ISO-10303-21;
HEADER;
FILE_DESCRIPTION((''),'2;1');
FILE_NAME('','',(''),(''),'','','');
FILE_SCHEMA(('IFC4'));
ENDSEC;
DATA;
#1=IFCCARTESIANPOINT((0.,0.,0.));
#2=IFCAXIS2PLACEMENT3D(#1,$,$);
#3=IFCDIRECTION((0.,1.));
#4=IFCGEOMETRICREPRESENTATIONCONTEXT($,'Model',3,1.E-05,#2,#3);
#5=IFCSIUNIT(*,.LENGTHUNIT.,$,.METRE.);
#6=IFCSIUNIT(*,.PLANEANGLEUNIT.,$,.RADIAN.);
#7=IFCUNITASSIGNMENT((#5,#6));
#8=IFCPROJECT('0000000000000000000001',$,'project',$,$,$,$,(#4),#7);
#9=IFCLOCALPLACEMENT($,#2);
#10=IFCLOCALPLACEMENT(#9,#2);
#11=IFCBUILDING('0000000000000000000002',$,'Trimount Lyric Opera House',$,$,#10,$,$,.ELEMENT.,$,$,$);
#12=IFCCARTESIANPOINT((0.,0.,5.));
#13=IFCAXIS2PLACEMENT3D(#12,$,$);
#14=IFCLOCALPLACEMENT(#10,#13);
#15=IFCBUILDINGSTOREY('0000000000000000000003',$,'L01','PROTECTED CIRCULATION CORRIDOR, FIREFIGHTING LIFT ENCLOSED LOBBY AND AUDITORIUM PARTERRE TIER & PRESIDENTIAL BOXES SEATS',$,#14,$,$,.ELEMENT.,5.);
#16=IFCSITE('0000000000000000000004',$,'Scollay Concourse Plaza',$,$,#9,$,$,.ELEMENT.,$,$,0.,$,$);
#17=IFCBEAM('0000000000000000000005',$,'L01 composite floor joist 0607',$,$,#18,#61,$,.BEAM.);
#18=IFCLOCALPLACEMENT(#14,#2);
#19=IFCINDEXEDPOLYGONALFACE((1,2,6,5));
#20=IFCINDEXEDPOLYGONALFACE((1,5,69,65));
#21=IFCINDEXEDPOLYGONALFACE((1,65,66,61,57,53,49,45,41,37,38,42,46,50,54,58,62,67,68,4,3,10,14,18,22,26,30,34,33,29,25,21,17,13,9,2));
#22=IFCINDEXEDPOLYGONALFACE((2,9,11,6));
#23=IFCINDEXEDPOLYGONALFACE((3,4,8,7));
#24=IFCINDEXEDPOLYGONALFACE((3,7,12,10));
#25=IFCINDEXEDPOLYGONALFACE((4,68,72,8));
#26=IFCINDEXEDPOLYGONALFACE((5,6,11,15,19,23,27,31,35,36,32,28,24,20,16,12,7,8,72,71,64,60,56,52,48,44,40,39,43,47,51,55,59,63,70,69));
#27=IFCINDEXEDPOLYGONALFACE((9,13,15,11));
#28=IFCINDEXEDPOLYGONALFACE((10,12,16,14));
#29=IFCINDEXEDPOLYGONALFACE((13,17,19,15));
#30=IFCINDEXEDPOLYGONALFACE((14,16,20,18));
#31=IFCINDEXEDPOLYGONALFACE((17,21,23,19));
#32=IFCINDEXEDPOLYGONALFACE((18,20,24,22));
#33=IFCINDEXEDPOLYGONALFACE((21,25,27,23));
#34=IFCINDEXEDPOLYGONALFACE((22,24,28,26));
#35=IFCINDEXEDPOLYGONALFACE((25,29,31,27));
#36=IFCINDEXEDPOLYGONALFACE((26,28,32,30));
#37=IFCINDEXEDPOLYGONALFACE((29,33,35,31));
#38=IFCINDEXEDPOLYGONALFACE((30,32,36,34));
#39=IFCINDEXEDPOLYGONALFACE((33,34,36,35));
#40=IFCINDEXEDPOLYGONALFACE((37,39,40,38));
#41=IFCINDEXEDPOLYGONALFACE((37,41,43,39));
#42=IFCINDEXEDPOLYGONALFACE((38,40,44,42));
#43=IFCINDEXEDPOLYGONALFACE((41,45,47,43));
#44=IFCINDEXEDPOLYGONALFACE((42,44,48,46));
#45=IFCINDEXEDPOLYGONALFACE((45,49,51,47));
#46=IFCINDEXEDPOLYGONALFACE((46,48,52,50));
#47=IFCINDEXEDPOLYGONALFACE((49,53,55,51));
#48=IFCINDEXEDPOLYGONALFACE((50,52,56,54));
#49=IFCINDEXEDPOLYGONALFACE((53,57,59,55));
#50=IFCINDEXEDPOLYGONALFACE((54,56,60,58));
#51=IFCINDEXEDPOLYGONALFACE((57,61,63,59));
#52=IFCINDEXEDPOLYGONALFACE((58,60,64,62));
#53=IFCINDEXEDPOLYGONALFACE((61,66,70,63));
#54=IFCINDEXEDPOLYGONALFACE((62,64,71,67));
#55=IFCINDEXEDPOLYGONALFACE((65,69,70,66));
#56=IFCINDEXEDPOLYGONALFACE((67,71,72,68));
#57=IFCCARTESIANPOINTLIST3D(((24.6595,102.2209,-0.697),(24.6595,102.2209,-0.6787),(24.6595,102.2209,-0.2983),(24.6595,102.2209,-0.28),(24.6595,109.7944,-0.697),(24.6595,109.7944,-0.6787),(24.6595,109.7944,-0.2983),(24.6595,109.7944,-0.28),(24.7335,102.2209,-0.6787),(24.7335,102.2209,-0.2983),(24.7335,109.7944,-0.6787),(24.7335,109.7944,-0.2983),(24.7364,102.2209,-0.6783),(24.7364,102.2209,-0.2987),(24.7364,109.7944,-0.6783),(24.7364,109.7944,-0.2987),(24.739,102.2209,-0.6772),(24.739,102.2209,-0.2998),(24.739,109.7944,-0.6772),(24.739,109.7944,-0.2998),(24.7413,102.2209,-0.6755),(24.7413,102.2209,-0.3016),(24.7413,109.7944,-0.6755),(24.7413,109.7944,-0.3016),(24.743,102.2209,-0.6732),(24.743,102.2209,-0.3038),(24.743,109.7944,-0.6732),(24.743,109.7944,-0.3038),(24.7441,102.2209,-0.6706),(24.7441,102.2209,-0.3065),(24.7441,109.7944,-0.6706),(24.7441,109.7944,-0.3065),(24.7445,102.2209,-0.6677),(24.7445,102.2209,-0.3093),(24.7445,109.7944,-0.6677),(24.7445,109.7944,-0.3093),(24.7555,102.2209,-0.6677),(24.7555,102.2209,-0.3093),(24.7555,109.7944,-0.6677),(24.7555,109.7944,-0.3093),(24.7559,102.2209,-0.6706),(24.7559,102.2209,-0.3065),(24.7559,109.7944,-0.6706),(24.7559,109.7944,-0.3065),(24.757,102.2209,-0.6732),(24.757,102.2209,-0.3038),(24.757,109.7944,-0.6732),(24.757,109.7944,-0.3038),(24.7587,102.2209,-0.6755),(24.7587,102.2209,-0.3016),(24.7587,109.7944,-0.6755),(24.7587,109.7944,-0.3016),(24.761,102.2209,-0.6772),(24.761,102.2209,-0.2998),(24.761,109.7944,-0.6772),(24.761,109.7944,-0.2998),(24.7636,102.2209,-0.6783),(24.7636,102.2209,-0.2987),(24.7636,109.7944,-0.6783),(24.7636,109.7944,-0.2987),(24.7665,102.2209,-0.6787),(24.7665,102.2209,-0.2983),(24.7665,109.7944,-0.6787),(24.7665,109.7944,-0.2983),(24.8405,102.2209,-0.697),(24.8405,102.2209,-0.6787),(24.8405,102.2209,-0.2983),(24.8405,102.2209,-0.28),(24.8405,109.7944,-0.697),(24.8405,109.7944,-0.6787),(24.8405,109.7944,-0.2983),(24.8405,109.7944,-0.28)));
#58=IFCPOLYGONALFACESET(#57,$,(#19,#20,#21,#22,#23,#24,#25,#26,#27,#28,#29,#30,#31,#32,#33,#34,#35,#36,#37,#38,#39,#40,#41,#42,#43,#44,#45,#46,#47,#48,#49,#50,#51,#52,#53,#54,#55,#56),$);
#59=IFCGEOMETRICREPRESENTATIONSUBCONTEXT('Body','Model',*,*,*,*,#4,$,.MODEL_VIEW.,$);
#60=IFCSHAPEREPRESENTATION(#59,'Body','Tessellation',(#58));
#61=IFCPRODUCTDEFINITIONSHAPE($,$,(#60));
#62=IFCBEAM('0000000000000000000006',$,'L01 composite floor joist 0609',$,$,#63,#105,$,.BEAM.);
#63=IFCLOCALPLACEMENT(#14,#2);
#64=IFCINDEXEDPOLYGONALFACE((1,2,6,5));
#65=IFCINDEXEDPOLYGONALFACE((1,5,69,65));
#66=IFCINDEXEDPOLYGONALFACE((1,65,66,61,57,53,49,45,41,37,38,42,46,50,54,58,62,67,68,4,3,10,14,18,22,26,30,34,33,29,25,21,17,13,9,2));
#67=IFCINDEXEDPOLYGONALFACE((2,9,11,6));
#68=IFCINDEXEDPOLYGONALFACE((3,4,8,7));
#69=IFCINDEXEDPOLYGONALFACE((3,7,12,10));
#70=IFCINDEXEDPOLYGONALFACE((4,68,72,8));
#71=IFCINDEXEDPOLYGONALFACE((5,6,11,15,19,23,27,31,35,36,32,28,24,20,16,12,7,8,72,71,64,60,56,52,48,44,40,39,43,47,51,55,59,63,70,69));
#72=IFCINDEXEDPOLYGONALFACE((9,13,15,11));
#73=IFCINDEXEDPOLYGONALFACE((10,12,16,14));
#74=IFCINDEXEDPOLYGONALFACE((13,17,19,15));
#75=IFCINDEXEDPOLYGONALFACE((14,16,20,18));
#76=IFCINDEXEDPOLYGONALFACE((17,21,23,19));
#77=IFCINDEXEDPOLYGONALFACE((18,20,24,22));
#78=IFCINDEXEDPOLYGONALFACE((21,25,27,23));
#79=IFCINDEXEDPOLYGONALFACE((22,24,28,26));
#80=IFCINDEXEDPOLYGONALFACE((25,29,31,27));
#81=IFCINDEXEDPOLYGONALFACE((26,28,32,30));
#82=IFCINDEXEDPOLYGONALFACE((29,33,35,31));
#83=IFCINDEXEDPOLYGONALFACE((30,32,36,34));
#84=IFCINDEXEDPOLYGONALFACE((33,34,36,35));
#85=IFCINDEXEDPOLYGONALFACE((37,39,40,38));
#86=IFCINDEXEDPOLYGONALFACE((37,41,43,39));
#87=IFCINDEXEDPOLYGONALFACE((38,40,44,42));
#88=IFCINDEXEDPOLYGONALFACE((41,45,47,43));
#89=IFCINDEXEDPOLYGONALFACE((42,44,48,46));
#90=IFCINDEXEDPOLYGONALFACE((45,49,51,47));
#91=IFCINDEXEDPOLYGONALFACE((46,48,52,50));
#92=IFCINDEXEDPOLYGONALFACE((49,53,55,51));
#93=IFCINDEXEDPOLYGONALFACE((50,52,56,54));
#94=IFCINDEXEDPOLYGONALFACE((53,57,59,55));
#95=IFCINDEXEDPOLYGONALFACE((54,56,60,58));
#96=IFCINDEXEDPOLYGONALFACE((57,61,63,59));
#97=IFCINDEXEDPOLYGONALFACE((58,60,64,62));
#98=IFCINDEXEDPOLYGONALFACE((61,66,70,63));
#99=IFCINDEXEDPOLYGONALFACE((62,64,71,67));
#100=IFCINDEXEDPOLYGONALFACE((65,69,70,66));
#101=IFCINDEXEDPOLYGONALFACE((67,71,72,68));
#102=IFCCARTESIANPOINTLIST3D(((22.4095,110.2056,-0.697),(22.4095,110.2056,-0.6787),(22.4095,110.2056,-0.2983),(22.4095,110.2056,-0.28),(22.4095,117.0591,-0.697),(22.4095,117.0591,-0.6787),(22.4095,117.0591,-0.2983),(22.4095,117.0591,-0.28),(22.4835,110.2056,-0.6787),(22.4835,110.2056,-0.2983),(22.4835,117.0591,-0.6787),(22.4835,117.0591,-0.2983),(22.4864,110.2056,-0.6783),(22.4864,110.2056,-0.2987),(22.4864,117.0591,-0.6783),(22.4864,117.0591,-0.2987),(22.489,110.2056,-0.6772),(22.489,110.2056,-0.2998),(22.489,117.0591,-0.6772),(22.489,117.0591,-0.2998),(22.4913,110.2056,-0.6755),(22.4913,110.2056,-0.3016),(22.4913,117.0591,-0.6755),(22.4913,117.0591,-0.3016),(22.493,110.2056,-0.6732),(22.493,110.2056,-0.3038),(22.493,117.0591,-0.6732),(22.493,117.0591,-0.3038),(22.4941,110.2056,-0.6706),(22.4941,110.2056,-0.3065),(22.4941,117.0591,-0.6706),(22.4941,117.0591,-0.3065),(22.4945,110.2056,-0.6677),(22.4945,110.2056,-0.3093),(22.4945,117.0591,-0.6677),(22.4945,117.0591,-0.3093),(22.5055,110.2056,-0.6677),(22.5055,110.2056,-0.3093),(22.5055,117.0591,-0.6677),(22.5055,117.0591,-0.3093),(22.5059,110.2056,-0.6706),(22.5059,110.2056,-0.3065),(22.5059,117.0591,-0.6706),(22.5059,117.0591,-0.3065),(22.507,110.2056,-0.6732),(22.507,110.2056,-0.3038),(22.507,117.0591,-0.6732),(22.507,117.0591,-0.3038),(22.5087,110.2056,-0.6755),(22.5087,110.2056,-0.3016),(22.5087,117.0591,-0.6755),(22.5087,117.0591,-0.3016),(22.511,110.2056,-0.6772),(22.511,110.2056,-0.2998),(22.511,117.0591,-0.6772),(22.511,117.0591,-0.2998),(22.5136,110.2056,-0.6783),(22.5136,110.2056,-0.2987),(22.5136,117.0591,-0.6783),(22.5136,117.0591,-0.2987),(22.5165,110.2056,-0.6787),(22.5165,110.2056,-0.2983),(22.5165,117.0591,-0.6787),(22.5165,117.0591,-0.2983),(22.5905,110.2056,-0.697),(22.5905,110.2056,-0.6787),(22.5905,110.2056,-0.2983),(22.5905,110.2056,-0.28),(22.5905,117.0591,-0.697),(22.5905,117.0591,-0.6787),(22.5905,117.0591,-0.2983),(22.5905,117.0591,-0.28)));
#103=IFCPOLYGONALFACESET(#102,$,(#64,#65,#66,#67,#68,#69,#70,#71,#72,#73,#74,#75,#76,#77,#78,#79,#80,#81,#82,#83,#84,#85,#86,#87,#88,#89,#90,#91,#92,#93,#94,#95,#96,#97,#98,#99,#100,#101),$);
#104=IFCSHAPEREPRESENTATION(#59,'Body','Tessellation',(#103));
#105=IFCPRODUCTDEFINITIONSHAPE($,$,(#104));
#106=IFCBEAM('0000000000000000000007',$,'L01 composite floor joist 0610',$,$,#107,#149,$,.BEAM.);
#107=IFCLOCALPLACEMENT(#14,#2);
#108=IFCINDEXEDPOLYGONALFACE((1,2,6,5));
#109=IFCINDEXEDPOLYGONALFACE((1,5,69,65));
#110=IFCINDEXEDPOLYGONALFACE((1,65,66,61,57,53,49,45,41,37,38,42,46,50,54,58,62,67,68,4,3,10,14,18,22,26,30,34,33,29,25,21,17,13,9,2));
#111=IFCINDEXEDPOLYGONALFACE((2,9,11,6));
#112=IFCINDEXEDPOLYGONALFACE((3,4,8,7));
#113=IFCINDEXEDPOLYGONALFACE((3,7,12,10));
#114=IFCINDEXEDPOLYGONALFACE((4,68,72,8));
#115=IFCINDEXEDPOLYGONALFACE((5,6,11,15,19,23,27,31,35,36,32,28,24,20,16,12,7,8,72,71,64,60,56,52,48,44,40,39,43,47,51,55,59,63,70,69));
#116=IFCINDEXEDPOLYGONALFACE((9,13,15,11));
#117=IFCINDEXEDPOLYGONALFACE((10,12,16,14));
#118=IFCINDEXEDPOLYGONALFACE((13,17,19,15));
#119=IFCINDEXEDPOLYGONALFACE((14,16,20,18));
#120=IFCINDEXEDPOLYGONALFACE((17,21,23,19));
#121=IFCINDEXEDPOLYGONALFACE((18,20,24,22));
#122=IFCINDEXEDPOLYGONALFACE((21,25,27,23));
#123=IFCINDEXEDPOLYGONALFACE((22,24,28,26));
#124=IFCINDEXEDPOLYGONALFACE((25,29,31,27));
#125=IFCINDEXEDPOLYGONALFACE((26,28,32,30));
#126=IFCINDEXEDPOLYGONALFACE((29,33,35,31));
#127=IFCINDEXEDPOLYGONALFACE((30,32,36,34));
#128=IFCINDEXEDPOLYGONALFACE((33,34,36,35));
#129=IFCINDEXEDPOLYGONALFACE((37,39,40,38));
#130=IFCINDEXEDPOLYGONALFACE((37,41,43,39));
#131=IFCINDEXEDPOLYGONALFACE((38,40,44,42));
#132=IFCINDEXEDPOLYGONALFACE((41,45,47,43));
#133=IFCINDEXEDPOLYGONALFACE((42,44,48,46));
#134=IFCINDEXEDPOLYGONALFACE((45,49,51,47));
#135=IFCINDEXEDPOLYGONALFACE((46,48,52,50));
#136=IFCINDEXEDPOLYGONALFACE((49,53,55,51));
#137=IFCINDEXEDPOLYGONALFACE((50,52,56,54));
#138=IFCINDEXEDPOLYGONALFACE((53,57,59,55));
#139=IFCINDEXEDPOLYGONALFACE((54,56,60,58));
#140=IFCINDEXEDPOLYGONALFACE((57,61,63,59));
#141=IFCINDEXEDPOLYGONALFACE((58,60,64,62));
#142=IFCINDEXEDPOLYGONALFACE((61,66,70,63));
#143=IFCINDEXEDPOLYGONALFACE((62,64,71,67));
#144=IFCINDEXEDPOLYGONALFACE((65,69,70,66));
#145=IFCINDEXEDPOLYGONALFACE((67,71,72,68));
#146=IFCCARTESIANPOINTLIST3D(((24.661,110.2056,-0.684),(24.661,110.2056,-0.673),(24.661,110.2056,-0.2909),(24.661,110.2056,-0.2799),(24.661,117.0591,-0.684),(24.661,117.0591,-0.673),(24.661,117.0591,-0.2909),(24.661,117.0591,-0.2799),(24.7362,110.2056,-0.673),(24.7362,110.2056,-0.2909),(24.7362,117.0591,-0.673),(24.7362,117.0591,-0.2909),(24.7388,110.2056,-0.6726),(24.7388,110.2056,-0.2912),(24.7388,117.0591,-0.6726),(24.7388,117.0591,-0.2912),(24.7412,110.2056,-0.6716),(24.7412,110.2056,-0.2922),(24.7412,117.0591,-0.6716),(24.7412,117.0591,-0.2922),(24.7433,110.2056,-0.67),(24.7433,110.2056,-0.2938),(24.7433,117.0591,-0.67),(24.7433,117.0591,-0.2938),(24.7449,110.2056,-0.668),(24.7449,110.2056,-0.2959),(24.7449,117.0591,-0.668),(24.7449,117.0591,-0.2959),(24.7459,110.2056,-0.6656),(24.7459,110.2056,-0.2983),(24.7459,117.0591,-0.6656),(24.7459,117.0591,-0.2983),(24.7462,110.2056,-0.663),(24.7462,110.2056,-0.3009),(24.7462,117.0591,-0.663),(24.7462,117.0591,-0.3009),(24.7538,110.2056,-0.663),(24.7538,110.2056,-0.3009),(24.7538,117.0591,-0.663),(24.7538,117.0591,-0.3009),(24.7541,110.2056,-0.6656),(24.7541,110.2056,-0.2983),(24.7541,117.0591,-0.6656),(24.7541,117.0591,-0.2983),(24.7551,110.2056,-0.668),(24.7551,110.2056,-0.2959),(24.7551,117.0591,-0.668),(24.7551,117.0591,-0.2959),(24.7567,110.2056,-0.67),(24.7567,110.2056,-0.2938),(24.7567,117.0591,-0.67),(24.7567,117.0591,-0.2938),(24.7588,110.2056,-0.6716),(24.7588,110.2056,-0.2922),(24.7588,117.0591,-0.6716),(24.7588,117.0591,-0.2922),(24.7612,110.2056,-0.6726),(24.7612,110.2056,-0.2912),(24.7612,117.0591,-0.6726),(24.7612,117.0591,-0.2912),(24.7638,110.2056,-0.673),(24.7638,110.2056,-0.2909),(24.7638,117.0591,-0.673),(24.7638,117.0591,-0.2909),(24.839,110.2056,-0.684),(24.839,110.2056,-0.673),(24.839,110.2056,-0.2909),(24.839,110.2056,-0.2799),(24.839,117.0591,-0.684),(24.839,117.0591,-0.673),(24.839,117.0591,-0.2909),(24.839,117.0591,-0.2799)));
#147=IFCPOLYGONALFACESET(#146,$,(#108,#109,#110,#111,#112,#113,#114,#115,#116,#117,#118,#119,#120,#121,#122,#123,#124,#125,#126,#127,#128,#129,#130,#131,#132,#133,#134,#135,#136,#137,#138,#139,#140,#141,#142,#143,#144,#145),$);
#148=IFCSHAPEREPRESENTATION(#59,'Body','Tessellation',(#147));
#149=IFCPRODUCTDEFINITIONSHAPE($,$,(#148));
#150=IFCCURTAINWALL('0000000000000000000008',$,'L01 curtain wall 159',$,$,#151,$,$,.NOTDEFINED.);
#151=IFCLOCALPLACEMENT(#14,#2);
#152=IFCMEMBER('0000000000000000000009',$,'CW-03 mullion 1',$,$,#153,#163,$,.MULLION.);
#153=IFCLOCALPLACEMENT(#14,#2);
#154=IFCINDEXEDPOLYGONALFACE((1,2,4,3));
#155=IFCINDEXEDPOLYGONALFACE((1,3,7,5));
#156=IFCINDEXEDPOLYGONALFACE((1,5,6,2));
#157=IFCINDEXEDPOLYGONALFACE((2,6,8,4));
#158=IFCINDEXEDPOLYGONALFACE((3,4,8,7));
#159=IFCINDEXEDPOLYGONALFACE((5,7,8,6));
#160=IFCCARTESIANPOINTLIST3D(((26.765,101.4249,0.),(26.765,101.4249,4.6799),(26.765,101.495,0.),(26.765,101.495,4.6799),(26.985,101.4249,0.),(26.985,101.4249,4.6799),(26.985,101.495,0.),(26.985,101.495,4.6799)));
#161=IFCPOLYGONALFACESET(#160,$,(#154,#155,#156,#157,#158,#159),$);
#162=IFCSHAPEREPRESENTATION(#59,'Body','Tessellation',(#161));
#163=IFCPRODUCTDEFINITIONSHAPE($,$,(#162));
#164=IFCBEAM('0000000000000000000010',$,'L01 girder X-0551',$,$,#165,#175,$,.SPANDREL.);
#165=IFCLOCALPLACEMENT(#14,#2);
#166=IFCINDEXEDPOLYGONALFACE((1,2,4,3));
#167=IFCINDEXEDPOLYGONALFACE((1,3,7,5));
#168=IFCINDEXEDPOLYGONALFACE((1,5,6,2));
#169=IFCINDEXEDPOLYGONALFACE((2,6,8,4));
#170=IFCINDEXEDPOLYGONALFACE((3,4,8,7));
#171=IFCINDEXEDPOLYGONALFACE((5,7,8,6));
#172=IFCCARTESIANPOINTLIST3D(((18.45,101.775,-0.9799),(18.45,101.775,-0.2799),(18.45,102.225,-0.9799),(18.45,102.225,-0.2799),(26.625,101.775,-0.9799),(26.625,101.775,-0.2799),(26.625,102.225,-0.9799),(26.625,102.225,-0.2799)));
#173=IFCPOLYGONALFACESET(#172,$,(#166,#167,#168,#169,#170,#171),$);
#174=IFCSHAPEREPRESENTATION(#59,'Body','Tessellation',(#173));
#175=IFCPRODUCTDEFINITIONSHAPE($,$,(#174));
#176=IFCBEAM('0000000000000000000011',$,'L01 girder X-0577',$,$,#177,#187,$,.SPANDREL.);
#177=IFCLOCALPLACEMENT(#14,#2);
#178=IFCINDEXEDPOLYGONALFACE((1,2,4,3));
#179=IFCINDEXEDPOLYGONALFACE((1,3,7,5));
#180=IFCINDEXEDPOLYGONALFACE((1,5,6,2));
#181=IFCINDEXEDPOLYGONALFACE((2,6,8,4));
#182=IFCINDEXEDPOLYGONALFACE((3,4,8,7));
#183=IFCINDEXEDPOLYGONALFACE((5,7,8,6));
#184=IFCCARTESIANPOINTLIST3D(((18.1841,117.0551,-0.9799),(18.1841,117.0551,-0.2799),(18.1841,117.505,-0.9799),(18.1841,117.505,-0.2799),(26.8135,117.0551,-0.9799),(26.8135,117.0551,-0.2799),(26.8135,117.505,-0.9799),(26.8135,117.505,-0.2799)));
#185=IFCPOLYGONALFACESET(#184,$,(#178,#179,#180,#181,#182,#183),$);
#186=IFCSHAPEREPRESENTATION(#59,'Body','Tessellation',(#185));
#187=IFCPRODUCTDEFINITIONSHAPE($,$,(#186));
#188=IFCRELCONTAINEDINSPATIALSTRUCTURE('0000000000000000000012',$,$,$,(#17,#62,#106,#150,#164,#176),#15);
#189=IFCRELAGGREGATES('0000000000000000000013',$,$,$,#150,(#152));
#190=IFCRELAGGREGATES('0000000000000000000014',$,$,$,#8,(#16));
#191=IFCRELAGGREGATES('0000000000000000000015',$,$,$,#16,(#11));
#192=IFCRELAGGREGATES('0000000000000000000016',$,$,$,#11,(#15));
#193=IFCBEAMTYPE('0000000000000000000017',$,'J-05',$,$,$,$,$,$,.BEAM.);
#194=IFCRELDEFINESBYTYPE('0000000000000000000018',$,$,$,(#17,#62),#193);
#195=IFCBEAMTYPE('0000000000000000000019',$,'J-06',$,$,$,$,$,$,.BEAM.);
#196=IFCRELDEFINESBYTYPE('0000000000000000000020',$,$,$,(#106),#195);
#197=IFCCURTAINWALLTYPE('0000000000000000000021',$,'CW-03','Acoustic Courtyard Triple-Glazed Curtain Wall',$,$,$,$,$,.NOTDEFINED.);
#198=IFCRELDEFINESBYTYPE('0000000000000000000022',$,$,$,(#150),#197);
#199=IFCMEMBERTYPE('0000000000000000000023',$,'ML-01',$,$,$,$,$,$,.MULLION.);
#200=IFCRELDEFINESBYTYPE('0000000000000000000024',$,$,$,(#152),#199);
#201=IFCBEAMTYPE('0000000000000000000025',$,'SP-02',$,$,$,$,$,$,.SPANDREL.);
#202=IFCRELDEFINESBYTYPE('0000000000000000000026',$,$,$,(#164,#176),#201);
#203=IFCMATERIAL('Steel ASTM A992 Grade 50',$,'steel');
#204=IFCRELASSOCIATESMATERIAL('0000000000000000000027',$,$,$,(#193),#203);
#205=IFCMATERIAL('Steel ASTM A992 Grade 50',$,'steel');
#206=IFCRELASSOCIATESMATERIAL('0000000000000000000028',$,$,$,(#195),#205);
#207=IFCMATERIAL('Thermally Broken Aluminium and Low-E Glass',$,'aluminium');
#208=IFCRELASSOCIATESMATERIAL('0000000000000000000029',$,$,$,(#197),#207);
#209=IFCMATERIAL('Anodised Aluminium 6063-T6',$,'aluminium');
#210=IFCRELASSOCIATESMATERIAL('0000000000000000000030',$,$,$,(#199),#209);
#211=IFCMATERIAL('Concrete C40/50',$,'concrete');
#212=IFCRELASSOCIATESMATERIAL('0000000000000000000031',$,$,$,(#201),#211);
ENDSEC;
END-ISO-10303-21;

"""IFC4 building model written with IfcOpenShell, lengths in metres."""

from ifc_helpers import new_model, si_unit, direction, frame, origin, origin_2d, place, context, subcontext, project, spatial, rectangle, i_section, extrude, material, material_profile, profile_set, type_object, element, aggregate, save


model = new_model("IFC4")

# Units and contexts
model_context = context("Model", 3, precision=1e-05, world=origin(), true_north=direction((0.0, 1.0)))
body_context = subcontext(model_context, "Body", "Model", "MODEL_VIEW")
ifc_project = project(units=[si_unit("LENGTHUNIT", "METRE"), si_unit("PLANEANGLEUNIT", "RADIAN")], contexts=[model_context])

# Site, building, storey
site_placement = place(None, origin())
site = spatial("IfcSite", under=ifc_project, at=site_placement, Name="Scollay Concourse Plaza", CompositionType="ELEMENT", RefElevation=0.0)
building_placement = place(site_placement, origin())
building = spatial("IfcBuilding", under=site, at=building_placement, Name="Trimount Lyric Opera House", CompositionType="ELEMENT")
storey_placement = place(building_placement, frame((0.0, 0.0, 5.0)))
storey = spatial("IfcBuildingStorey", under=building, at=storey_placement, Name="L01", Description="PROTECTED CIRCULATION CORRIDOR, FIREFIGHTING LIFT ENCLOSED LOBBY AND AUDITORIUM PARTERRE TIER & PRESIDENTIAL BOXES SEATS", CompositionType="ELEMENT", Elevation=5.0)

# Beams
ifc_material_1 = material(Name="Steel ASTM A992 Grade 50", Category="steel")
ifc_material_profile_1 = material_profile(ifc_material_1, i_section(OverallWidth=0.1809, OverallDepth=0.417, WebThickness=0.011, FlangeThickness=0.0183, FilletRadius=0.011, at=origin_2d()), Name="W16X57")
ifc_profile_set_1 = profile_set([ifc_material_profile_1], Name="Steel ASTM A992 Grade 50")
beam_type_1 = type_object("IfcBeamType", Name="J-05", PredefinedType="BEAM", material=ifc_profile_set_1)
beam_1_placement = place(storey_placement, frame((24.75, 102.2209, -0.4885), z_axis=(0.0, 1.0, 0.0), x_axis=(-1.0, 0.0, 0.0)))
element("IfcBeam", 1, at=beam_1_placement, inside=storey, type_object=beam_type_1, Name="L01 composite floor joist 0607", PredefinedType="BEAM", context=body_context, shape_type="SweptSolid", body=[
    extrude(i_section(OverallWidth=0.1809, OverallDepth=0.417, WebThickness=0.011, FlangeThickness=0.0183, FilletRadius=0.011, at=origin_2d()), origin(), (0.0, 0.0, 1.0), 7.5735),
])
beam_2_placement = place(storey_placement, frame((22.5, 110.2056, -0.4885), z_axis=(0.0, 1.0, 0.0), x_axis=(-1.0, 0.0, 0.0)))
element("IfcBeam", 2, at=beam_2_placement, inside=storey, type_object=beam_type_1, Name="L01 composite floor joist 0609", PredefinedType="BEAM", context=body_context, shape_type="SweptSolid", body=[
    extrude(i_section(OverallWidth=0.1809, OverallDepth=0.417, WebThickness=0.011, FlangeThickness=0.0183, FilletRadius=0.011, at=origin_2d()), origin(), (0.0, 0.0, 1.0), 6.8535),
])
ifc_material_2 = material(Name="Steel ASTM A992 Grade 50", Category="steel")
ifc_material_profile_2 = material_profile(ifc_material_2, i_section(OverallWidth=0.178, OverallDepth=0.4041, WebThickness=0.0076, FlangeThickness=0.011, FilletRadius=0.01, at=origin_2d()), Name="W16X36")
ifc_profile_set_2 = profile_set([ifc_material_profile_2], Name="Steel ASTM A992 Grade 50")
beam_type_2 = type_object("IfcBeamType", Name="J-06", PredefinedType="BEAM", material=ifc_profile_set_2)
beam_3_placement = place(storey_placement, frame((24.75, 110.2056, -0.4819), z_axis=(0.0, 1.0, 0.0), x_axis=(-1.0, 0.0, 0.0)))
element("IfcBeam", 3, at=beam_3_placement, inside=storey, type_object=beam_type_2, Name="L01 composite floor joist 0610", PredefinedType="BEAM", context=body_context, shape_type="SweptSolid", body=[
    extrude(i_section(OverallWidth=0.178, OverallDepth=0.4041, WebThickness=0.0076, FlangeThickness=0.011, FilletRadius=0.01, at=origin_2d()), origin(), (0.0, 0.0, 1.0), 6.8535),
])

# Curtain wall, member
ifc_material_3 = material(Name="Thermally Broken Aluminium and Low-E Glass", Category="aluminium")
curtain_wall_type = type_object("IfcCurtainWallType", Name="CW-03", Description="Acoustic Courtyard Triple-Glazed Curtain Wall", PredefinedType="NOTDEFINED", material=ifc_material_3)
curtain_wall_placement = place(storey_placement, origin())
curtain_wall = element("IfcCurtainWall", 4, at=curtain_wall_placement, inside=storey, type_object=curtain_wall_type, Name="L01 curtain wall 159", PredefinedType="NOTDEFINED")
ifc_material_4 = material(Name="Anodised Aluminium 6063-T6", Category="aluminium")
ifc_material_profile_3 = material_profile(ifc_material_4, rectangle(XDim=0.0701, YDim=0.22, at=origin_2d()), Name="ALU-MULL-70X220")
ifc_profile_set_3 = profile_set([ifc_material_profile_3], Name="Anodised Aluminium 6063-T6")
member_type_1 = type_object("IfcMemberType", Name="ML-01", PredefinedType="MULLION", material=ifc_profile_set_3)
member_1_placement = place(storey_placement, frame((26.875, 101.46, 0.0), z_axis=(0.0, 0.0, 1.0), x_axis=(0.0, -1.0, 0.0)))
member_1 = element("IfcMember", 5, at=member_1_placement, type_object=member_type_1, Name="CW-03 mullion 1", PredefinedType="MULLION", context=body_context, shape_type="SweptSolid", body=[
    extrude(rectangle(XDim=0.0701, YDim=0.22, at=origin_2d()), origin(), (0.0, 0.0, 1.0), 4.6799),
])

# Beams
ifc_material_5 = material(Name="Concrete C40/50", Category="concrete")
ifc_material_profile_4 = material_profile(ifc_material_5, rectangle(XDim=0.45, YDim=0.7, at=origin_2d()), Name="RC450X700")
ifc_profile_set_4 = profile_set([ifc_material_profile_4], Name="Concrete C40/50")
beam_type_3 = type_object("IfcBeamType", Name="SP-02", PredefinedType="SPANDREL", material=ifc_profile_set_4)
beam_4_placement = place(storey_placement, frame((18.45, 102.0, -0.6299), z_axis=(1.0, 0.0, 0.0), x_axis=(0.0, 1.0, 0.0)))
element("IfcBeam", 6, at=beam_4_placement, inside=storey, type_object=beam_type_3, Name="L01 girder X-0551", PredefinedType="SPANDREL", context=body_context, shape_type="SweptSolid", body=[
    extrude(rectangle(XDim=0.45, YDim=0.7, at=origin_2d()), origin(), (0.0, 0.0, 1.0), 8.175),
])
beam_5_placement = place(storey_placement, frame((18.1841, 117.28, -0.6299), z_axis=(1.0, 0.0, 0.0), x_axis=(0.0, 1.0, 0.0)))
element("IfcBeam", 7, at=beam_5_placement, inside=storey, type_object=beam_type_3, Name="L01 girder X-0577", PredefinedType="SPANDREL", context=body_context, shape_type="SweptSolid", body=[
    extrude(rectangle(XDim=0.45, YDim=0.7, at=origin_2d()), origin(), (0.0, 0.0, 1.0), 8.6294),
])

aggregate(curtain_wall, [member_1])

save(model, "model.ifc")
